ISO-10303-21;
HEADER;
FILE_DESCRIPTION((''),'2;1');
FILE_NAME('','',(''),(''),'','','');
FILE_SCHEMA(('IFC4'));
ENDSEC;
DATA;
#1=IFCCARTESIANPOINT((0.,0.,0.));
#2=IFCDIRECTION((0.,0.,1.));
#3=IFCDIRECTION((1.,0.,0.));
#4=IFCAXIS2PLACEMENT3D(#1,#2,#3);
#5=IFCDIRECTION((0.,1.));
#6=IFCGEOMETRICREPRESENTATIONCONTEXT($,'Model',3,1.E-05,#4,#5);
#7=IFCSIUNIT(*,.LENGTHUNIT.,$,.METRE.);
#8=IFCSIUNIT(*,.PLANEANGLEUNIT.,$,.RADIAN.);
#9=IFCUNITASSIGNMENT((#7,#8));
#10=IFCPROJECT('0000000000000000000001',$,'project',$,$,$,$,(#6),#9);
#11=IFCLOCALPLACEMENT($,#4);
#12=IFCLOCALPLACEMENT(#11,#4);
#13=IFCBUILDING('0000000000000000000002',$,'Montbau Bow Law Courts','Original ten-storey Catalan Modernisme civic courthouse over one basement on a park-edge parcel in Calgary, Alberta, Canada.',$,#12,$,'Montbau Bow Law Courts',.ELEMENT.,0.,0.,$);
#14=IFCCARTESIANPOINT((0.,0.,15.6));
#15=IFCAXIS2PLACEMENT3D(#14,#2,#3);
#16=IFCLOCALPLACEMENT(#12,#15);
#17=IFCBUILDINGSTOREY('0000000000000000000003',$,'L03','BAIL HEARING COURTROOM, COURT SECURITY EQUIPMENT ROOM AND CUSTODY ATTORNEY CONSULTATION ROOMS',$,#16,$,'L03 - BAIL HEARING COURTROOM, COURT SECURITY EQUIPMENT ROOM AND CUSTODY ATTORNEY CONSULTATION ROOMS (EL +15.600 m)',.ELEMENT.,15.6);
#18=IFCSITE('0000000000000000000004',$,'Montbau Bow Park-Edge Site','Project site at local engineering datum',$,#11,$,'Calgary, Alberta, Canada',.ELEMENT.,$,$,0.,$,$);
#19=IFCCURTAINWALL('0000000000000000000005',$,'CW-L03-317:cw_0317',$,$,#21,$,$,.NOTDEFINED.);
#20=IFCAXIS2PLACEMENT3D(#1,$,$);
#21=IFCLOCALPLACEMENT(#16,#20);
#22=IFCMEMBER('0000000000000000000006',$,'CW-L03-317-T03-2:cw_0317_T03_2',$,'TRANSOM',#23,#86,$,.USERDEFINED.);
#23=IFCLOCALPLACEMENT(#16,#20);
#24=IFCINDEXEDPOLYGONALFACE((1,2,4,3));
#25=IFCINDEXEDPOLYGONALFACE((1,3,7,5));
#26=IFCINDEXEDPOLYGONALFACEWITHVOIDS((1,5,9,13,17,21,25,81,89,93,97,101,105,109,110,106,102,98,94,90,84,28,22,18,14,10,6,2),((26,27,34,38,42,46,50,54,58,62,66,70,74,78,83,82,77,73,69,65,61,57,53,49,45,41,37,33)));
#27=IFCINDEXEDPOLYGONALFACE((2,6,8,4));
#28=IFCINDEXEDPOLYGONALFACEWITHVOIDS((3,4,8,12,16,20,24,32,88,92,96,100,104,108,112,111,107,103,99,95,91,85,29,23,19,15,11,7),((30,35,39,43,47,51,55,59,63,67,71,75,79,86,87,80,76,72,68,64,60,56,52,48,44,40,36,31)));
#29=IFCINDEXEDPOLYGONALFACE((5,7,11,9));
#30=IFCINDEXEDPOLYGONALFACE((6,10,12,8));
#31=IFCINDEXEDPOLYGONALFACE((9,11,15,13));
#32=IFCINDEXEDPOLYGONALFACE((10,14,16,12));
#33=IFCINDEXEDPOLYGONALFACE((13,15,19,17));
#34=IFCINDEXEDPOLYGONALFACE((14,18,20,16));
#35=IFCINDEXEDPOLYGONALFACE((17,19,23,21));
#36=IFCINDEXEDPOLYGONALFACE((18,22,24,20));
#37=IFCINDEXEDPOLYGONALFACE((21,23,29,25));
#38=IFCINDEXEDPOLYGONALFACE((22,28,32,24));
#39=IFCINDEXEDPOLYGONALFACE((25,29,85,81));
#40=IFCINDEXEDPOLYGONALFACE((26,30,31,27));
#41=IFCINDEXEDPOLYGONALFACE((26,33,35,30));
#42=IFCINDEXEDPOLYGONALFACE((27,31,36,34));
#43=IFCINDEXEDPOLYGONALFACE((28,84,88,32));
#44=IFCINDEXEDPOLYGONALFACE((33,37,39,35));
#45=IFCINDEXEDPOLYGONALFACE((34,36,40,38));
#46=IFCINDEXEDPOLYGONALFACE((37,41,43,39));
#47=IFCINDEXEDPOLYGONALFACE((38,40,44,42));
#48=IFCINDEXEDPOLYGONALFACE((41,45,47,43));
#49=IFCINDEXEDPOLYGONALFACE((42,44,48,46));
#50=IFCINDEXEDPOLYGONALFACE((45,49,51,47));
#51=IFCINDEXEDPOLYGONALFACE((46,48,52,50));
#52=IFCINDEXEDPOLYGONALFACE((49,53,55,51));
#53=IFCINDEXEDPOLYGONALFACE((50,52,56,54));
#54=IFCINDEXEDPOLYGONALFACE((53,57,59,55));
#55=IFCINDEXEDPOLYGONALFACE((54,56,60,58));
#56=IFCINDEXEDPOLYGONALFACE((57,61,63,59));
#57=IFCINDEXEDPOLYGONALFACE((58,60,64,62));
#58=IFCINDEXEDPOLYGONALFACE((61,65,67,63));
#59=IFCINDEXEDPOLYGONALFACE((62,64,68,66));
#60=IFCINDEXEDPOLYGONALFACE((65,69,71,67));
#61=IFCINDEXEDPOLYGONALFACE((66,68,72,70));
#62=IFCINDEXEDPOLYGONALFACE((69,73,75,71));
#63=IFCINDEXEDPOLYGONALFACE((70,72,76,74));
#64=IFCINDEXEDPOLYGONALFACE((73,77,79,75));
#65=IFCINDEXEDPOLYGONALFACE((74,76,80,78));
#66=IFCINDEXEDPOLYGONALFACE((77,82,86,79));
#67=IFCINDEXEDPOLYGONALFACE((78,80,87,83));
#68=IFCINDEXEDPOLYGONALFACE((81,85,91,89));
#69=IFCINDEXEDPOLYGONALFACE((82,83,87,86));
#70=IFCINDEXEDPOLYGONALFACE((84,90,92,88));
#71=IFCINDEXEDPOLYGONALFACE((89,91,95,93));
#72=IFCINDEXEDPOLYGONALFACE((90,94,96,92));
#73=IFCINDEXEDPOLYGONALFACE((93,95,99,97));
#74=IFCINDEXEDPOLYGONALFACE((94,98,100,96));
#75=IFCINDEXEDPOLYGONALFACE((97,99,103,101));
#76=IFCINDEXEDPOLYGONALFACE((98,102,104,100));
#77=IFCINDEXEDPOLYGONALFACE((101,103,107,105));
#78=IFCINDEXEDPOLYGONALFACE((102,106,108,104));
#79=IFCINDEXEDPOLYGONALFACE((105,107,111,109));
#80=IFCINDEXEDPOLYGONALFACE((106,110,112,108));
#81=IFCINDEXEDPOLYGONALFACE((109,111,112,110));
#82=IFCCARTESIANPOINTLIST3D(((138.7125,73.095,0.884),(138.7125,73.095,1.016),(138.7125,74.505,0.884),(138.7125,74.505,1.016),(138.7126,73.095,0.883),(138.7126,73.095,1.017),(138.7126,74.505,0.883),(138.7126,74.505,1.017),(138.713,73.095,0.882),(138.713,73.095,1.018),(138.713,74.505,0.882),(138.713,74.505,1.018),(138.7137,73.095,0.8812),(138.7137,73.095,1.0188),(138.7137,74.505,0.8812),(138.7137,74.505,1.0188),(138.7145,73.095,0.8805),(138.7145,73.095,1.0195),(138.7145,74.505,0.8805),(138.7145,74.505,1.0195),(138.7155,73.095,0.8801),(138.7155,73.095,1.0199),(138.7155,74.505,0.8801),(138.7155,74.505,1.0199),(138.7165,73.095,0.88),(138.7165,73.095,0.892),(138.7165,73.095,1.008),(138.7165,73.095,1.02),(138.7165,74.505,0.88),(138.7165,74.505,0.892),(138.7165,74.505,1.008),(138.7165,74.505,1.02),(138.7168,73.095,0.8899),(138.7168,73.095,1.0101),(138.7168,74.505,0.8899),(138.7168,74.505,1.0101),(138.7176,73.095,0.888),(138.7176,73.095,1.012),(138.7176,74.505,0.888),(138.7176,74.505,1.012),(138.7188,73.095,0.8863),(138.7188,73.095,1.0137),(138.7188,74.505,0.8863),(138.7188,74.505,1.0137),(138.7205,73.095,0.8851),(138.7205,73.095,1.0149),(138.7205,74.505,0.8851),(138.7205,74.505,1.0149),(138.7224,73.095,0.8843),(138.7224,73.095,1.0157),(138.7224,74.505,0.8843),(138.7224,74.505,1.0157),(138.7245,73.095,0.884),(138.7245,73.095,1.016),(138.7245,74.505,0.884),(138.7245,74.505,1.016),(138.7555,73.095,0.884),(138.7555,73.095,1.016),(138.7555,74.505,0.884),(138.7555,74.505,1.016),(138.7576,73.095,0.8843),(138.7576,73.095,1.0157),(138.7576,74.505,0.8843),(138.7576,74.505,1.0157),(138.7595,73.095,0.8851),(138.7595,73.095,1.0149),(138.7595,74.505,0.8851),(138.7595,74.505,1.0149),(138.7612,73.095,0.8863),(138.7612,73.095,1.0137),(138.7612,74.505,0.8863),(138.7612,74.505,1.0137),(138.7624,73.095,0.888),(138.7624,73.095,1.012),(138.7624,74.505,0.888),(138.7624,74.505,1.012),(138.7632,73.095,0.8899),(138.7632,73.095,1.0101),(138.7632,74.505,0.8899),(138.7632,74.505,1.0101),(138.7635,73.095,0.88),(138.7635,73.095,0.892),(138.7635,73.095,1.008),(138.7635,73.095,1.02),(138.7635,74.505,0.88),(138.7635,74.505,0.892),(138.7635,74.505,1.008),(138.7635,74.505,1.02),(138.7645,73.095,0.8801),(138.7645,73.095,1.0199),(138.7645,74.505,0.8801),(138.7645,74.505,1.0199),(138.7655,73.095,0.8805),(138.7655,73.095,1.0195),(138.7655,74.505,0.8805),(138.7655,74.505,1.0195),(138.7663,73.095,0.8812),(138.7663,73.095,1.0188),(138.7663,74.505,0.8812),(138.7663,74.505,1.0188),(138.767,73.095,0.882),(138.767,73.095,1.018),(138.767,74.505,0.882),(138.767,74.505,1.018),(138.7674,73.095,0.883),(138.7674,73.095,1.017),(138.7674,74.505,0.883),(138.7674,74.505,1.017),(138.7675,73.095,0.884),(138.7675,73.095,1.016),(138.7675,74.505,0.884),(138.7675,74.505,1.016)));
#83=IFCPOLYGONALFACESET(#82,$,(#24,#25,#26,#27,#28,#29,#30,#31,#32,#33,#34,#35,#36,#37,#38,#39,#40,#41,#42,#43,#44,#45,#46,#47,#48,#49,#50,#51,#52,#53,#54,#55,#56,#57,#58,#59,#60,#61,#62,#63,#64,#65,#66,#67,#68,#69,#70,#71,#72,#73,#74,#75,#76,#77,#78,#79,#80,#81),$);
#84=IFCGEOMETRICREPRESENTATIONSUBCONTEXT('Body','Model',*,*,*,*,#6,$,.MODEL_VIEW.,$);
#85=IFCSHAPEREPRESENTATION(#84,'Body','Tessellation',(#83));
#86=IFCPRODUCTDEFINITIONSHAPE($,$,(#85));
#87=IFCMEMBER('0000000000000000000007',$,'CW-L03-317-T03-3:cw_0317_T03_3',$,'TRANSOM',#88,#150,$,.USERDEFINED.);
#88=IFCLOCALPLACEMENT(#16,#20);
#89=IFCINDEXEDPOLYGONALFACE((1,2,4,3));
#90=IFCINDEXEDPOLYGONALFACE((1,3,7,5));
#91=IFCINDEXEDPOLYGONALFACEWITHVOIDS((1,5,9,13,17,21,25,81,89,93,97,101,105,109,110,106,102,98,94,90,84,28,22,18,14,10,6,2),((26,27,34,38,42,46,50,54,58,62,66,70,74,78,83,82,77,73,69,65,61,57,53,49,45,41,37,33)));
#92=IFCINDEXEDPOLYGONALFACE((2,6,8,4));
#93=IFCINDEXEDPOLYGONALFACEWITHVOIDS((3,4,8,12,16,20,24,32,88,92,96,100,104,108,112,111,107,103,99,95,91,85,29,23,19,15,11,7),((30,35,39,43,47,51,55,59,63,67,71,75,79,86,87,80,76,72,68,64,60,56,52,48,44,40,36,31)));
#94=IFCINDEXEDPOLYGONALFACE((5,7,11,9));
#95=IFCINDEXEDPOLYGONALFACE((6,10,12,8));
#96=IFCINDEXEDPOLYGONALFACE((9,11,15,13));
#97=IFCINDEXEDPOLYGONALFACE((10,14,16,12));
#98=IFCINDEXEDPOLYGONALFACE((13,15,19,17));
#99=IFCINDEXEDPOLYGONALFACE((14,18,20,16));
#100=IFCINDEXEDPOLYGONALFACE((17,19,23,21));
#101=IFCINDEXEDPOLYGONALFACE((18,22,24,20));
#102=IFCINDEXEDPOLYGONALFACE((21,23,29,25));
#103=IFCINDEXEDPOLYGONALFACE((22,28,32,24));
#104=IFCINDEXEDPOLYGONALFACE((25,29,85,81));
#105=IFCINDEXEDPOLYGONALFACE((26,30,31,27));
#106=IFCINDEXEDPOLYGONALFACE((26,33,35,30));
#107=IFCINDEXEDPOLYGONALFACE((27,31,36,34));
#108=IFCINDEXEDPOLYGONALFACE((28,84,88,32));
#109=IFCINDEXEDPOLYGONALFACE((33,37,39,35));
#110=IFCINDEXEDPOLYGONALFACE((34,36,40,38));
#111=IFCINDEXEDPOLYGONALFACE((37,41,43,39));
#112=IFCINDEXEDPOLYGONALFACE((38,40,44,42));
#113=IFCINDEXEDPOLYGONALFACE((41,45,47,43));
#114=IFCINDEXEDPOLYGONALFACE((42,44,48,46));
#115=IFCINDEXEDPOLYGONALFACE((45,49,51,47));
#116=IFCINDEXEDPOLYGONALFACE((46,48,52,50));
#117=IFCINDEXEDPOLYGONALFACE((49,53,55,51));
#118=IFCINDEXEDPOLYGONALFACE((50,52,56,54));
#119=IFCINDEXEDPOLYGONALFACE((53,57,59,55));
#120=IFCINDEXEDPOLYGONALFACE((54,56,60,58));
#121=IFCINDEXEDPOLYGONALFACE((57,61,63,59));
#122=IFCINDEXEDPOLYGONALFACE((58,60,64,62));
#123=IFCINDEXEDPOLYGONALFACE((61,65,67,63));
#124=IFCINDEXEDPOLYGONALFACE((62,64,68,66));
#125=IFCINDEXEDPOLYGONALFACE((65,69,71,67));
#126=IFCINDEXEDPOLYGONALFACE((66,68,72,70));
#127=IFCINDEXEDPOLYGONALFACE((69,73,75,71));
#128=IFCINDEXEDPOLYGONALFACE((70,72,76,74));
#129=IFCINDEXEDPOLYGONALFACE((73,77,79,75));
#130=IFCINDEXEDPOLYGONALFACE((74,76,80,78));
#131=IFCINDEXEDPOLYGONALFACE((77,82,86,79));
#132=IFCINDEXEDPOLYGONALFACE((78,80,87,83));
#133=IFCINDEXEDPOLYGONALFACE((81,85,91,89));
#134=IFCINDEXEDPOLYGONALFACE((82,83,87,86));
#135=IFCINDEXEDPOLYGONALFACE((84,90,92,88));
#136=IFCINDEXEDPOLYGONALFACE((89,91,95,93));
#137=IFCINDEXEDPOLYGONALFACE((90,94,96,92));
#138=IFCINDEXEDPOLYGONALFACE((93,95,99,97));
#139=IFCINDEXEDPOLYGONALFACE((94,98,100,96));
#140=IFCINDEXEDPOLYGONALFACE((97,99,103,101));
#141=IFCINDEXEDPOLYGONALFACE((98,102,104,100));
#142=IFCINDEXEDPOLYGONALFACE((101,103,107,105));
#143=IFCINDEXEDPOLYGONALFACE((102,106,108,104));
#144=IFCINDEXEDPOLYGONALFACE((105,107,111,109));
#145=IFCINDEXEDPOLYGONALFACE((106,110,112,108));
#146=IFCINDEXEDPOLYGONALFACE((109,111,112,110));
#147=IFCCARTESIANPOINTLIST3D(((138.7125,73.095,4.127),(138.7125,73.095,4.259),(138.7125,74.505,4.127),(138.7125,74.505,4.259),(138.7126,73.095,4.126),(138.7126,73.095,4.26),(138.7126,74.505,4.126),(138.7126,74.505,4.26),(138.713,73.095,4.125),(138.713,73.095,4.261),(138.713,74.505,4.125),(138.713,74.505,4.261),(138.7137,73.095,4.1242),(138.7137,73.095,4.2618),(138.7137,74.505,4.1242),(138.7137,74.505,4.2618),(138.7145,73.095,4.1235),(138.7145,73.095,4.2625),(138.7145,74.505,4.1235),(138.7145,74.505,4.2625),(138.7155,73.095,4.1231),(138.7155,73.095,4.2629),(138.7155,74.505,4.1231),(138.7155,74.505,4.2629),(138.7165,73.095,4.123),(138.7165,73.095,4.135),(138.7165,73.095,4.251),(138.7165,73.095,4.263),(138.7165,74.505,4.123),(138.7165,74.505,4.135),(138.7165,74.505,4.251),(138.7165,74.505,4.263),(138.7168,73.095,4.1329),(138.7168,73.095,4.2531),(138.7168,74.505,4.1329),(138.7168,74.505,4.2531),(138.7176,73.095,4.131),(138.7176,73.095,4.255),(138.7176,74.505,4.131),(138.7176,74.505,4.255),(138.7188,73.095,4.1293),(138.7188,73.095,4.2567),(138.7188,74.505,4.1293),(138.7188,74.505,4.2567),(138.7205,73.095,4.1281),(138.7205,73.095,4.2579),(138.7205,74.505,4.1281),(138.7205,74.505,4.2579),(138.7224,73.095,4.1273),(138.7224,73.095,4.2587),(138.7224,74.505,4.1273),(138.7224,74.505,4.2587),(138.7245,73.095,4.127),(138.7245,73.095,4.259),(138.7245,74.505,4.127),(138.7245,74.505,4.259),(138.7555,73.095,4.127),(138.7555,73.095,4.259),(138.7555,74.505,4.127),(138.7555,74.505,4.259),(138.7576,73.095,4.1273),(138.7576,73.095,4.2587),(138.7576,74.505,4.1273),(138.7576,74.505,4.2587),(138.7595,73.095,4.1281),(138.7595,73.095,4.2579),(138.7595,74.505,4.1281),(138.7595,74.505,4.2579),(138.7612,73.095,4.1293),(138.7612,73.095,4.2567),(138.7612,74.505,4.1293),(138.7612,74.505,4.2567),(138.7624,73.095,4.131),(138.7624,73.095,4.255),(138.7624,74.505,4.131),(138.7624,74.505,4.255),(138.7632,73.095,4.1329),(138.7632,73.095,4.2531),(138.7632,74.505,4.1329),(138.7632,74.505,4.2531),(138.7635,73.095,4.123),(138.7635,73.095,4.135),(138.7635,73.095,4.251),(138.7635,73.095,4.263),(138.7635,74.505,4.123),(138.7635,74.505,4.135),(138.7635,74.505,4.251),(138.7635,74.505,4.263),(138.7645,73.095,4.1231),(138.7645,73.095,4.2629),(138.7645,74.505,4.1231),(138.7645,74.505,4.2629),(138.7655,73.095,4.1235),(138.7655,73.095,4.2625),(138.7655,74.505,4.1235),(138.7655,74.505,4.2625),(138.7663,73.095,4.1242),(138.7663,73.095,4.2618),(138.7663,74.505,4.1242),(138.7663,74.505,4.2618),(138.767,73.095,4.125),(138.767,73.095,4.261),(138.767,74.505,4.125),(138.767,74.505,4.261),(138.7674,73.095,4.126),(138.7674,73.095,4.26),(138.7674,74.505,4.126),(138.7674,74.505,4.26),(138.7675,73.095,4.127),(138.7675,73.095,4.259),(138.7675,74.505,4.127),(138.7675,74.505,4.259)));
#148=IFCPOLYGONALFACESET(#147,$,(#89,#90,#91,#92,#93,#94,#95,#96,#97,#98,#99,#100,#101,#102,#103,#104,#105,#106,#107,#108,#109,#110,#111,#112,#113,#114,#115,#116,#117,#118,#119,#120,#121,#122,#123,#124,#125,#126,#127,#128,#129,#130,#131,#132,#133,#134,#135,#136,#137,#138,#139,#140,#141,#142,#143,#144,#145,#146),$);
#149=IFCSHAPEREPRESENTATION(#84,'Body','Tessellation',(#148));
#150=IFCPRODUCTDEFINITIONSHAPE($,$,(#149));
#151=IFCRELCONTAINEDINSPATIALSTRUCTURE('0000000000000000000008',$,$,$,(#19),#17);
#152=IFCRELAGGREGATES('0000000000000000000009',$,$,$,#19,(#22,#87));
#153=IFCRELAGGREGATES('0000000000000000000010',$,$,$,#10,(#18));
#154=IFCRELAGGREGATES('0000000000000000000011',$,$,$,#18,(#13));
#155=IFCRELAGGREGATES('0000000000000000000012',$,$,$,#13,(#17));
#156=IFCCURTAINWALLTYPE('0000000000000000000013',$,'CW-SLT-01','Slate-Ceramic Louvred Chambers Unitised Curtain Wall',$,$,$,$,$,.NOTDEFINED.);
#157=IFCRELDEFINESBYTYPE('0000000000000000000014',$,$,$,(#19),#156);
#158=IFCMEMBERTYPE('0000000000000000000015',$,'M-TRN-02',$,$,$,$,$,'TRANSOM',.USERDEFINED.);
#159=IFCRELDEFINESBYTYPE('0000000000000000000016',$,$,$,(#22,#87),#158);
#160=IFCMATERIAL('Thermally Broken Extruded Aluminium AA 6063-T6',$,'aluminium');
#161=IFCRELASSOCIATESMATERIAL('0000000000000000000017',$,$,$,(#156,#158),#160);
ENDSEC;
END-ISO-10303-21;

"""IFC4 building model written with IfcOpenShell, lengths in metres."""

from ifc_helpers import new_model, si_unit, direction, frame, origin_with_axes, origin_2d_with_axis, place, context, subcontext, project, spatial, hollow_rectangle, extrude, material, material_profile, profile_set, type_object, element, aggregate, save


model = new_model("IFC4")

# Units and contexts
model_context = context("Model", 3, precision=1e-05, world=origin_with_axes(), true_north=direction((0.0, 1.0)))
body_context = subcontext(model_context, "Body", "Model", "MODEL_VIEW")
ifc_project = project(units=[si_unit("LENGTHUNIT", "METRE"), si_unit("PLANEANGLEUNIT", "RADIAN")], contexts=[model_context])

# Site, building, storey
site_placement = place(None, origin_with_axes())
site = spatial("IfcSite", under=ifc_project, at=site_placement, Name="Montbau Bow Park-Edge Site", Description="Project site at local engineering datum", LongName="Calgary, Alberta, Canada", CompositionType="ELEMENT", RefElevation=0.0)
building_placement = place(site_placement, origin_with_axes())
building = spatial("IfcBuilding", under=site, at=building_placement, Name="Montbau Bow Law Courts", Description="Original ten-storey Catalan Modernisme civic courthouse over one basement on a park-edge parcel in Calgary, Alberta, Canada.", LongName="Montbau Bow Law Courts", CompositionType="ELEMENT", ElevationOfRefHeight=0.0, ElevationOfTerrain=0.0)
storey_placement = place(building_placement, frame((0.0, 0.0, 15.6), z_axis=(0.0, 0.0, 1.0), x_axis=(1.0, 0.0, 0.0)))
storey = spatial("IfcBuildingStorey", under=building, at=storey_placement, Name="L03", Description="BAIL HEARING COURTROOM, COURT SECURITY EQUIPMENT ROOM AND CUSTODY ATTORNEY CONSULTATION ROOMS", LongName="L03 - BAIL HEARING COURTROOM, COURT SECURITY EQUIPMENT ROOM AND CUSTODY ATTORNEY CONSULTATION ROOMS (EL +15.600 m)", CompositionType="ELEMENT", Elevation=15.6)

# Curtain wall, members
ifc_material_1 = material(Name="Thermally Broken Extruded Aluminium AA 6063-T6", Category="aluminium")
curtain_wall_type = type_object("IfcCurtainWallType", Name="CW-SLT-01", Description="Slate-Ceramic Louvred Chambers Unitised Curtain Wall", PredefinedType="NOTDEFINED", material=ifc_material_1)
curtain_wall_placement = place(None, frame((138.74, 70.115, 15.6), z_axis=(0.0, 0.0, 1.0), x_axis=(1.0, 0.0, 0.0)))
curtain_wall = element("IfcCurtainWall", 1, at=curtain_wall_placement, inside=storey, type_object=curtain_wall_type, Name="CW-L03-317:cw_0317", PredefinedType="NOTDEFINED")
ifc_material_profile_1 = material_profile(ifc_material_1, hollow_rectangle(XDim=0.055, YDim=0.14, WallThickness=0.004, InnerFilletRadius=0.008, OuterFilletRadius=0.004, at=origin_2d_with_axis()), Name="CWT-140X55", Category="Main", Priority=0)
ifc_profile_set_1 = profile_set([ifc_material_profile_1], Name="Thermally Broken Extruded Aluminium AA 6063-T6")
member_type_1 = type_object("IfcMemberType", Name="M-TRN-02", ElementType="TRANSOM", PredefinedType="USERDEFINED", material=ifc_profile_set_1)
member_1_placement = place(None, frame((138.74, 73.095, 16.55), z_axis=(0.0, 1.0, 0.0), x_axis=(-1.0, 0.0, 0.0)))
member_1 = element("IfcMember", 2, at=member_1_placement, type_object=member_type_1, Name="CW-L03-317-T03-2:cw_0317_T03_2", ObjectType="TRANSOM", PredefinedType="USERDEFINED", context=body_context, shape_type="SweptSolid", body=[
    extrude(hollow_rectangle(XDim=0.055, YDim=0.14, WallThickness=0.004, InnerFilletRadius=0.008, OuterFilletRadius=0.004, at=origin_2d_with_axis()), origin_with_axes(), (0.0, 0.0, 1.0), 1.41),
])
member_2_placement = place(None, frame((138.74, 73.095, 19.793), z_axis=(0.0, 1.0, 0.0), x_axis=(-1.0, 0.0, 0.0)))
member_2 = element("IfcMember", 3, at=member_2_placement, type_object=member_type_1, Name="CW-L03-317-T03-3:cw_0317_T03_3", ObjectType="TRANSOM", PredefinedType="USERDEFINED", context=body_context, shape_type="SweptSolid", body=[
    extrude(hollow_rectangle(XDim=0.055, YDim=0.14, WallThickness=0.004, InnerFilletRadius=0.008, OuterFilletRadius=0.004, at=origin_2d_with_axis()), origin_with_axes(), (0.0, 0.0, 1.0), 1.41),
])
aggregate(curtain_wall, [member_1, member_2])

save(model, "model.ifc")
